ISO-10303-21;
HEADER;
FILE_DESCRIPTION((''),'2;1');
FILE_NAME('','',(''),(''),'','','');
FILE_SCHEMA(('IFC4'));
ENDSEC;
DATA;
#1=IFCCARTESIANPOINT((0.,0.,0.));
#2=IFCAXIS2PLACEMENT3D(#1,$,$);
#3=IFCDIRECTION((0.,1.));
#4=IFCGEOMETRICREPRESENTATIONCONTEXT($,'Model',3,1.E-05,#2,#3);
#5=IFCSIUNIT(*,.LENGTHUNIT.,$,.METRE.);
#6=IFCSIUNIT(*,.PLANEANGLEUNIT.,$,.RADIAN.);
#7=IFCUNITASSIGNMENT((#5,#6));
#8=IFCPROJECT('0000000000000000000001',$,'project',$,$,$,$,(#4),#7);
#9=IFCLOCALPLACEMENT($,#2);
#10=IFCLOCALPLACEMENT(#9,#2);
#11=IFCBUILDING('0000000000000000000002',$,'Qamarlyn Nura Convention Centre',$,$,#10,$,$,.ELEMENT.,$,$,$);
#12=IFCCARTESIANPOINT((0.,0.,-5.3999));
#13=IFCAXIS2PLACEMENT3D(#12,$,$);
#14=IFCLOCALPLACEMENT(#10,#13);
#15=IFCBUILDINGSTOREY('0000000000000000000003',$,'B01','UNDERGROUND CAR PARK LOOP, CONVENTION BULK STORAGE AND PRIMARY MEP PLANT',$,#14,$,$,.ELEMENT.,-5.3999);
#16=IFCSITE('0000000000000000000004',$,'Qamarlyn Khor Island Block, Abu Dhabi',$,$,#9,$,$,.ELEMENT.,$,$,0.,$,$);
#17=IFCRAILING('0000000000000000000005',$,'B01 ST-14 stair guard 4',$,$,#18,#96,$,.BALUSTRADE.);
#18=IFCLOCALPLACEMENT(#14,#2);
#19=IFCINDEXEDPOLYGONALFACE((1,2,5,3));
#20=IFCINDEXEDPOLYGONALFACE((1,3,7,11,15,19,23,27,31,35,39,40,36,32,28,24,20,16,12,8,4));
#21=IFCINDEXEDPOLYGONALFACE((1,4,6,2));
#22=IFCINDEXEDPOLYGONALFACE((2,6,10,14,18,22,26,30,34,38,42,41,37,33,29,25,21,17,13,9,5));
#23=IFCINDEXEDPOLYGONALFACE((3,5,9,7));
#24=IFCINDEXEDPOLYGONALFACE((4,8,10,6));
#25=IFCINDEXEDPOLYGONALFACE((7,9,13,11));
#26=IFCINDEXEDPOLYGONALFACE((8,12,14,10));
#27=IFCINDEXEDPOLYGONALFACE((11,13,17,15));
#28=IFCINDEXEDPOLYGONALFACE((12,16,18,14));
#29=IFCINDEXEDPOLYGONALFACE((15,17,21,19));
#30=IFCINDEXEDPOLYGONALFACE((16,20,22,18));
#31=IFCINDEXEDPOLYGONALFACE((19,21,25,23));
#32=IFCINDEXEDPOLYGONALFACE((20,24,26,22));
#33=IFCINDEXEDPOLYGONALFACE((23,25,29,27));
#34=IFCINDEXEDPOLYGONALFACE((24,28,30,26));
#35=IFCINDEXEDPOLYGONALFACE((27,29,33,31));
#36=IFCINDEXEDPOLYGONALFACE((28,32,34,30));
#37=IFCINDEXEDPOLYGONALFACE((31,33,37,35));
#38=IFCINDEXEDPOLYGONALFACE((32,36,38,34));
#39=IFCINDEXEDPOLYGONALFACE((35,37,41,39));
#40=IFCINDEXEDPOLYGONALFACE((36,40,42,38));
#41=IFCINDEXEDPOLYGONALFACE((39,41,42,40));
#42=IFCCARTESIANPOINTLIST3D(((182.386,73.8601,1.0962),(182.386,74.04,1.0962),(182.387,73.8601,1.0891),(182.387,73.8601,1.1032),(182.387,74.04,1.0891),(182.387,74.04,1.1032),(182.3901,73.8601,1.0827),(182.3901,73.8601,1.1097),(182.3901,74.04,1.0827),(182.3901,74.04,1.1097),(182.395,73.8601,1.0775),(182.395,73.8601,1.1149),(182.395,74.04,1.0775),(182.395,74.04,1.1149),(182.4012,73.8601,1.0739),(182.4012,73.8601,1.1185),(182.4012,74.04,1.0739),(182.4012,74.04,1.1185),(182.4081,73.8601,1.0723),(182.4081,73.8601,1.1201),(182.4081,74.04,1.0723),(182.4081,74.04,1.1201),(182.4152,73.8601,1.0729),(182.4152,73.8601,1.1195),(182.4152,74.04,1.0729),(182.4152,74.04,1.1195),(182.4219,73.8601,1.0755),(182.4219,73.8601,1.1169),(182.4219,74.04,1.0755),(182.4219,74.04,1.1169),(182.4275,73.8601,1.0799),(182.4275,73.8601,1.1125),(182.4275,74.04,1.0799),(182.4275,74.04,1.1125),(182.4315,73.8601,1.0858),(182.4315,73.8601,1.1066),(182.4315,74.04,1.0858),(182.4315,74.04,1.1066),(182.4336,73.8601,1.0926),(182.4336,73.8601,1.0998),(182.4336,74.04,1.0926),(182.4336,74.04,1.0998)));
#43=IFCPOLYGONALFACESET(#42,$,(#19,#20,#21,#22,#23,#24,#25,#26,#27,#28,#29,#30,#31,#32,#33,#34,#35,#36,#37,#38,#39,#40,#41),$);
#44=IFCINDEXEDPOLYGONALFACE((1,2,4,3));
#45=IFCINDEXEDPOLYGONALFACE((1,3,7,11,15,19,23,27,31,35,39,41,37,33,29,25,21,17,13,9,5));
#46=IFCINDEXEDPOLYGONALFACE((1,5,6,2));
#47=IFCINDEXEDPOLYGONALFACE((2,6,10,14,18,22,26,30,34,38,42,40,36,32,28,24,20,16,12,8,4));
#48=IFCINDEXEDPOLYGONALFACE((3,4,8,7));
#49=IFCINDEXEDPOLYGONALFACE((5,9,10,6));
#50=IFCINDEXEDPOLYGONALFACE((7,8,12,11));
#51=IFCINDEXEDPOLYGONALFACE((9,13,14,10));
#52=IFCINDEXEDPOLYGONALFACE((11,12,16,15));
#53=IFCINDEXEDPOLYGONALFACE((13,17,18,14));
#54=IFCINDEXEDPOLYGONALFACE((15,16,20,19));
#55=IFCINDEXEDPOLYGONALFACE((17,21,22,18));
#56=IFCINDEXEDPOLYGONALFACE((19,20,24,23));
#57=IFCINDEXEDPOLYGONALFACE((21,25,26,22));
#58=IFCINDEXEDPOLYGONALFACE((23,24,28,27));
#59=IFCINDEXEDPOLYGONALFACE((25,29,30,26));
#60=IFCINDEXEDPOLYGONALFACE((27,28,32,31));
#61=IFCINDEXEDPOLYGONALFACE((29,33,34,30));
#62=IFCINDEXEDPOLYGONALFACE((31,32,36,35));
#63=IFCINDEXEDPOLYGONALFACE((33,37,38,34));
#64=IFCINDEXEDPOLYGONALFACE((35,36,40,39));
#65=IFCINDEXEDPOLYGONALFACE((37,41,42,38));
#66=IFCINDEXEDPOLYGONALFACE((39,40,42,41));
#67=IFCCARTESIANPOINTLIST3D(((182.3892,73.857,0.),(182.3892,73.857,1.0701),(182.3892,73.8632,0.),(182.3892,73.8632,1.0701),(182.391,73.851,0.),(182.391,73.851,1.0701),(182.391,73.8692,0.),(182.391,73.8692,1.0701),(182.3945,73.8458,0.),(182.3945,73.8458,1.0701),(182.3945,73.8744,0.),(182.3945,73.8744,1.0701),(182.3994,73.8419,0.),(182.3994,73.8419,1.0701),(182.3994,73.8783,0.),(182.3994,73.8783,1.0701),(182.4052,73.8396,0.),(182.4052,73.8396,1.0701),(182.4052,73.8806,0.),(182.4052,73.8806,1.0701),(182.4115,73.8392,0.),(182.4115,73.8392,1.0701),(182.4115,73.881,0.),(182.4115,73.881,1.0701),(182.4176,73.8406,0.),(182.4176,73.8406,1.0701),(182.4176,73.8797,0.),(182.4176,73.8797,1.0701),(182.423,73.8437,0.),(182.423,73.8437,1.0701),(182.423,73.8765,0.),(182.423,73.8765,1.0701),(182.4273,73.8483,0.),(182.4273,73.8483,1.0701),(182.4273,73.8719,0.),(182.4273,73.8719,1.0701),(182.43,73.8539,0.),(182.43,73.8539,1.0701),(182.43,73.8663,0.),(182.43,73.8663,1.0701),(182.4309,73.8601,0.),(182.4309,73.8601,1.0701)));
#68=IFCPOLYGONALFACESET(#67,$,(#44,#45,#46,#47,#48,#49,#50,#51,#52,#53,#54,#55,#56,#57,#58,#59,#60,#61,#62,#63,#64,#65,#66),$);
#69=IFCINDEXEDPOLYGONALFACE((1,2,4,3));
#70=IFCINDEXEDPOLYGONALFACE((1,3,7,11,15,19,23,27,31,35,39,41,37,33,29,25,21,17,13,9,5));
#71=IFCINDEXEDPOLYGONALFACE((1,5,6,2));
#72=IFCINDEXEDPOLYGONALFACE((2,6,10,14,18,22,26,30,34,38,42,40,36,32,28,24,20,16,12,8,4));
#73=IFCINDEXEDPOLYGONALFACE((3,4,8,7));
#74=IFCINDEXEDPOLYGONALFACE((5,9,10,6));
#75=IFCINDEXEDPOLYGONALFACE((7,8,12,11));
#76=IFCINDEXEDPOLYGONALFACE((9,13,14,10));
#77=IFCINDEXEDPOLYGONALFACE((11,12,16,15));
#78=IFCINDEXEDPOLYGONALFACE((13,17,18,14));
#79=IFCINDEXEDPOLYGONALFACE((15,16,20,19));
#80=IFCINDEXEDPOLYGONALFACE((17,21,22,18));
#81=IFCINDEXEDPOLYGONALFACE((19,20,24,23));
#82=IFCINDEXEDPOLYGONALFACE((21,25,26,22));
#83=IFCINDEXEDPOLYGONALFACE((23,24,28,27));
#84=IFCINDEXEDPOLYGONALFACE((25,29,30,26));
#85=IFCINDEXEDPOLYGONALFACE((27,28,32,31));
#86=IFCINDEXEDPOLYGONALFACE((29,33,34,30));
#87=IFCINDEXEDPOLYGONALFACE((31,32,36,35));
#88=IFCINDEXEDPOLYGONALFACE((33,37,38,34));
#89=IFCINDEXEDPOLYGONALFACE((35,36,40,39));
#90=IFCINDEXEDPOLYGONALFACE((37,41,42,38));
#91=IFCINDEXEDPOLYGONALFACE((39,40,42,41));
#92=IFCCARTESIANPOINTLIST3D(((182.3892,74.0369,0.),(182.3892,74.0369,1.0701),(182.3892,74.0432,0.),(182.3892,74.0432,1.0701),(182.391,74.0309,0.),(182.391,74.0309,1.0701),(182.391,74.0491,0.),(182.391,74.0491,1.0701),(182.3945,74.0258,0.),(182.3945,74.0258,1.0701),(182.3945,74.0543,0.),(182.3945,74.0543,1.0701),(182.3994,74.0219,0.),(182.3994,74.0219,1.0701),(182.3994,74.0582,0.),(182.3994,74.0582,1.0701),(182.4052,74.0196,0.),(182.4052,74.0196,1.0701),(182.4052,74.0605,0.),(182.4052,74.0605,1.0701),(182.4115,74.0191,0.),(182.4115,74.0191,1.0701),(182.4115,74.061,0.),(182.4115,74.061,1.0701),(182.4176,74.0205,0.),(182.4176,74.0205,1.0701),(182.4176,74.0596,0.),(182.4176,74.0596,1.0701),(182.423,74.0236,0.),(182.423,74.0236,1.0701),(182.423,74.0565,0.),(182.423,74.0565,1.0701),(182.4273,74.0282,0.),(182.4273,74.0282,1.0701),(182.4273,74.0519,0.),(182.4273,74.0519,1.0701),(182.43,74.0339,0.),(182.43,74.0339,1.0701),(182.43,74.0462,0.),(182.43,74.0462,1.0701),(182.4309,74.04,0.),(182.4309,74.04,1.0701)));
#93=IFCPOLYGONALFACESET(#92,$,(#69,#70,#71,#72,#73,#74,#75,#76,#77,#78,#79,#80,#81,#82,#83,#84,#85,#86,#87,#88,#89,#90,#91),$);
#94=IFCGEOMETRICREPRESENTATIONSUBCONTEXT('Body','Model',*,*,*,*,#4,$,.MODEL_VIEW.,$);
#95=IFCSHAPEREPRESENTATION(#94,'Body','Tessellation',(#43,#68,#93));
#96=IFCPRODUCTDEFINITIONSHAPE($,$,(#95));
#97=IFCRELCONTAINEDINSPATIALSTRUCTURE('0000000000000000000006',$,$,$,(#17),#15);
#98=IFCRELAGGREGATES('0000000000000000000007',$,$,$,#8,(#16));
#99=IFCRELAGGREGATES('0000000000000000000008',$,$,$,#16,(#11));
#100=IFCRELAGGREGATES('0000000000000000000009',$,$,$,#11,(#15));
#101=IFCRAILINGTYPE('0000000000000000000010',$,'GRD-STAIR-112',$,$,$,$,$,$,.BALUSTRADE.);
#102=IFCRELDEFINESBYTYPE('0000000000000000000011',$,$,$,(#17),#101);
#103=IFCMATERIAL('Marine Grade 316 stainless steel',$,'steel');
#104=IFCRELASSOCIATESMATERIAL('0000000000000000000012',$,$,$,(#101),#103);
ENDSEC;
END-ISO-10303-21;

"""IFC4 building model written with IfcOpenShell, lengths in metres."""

from ifc_helpers import new_model, si_unit, direction, frame, origin, origin_2d, place, context, subcontext, project, spatial, circle, extrude, material, type_object, element, save


model = new_model("IFC4")

# Units and contexts
model_context = context("Model", 3, precision=1e-05, world=origin(), true_north=direction((0.0, 1.0)))
body_context = subcontext(model_context, "Body", "Model", "MODEL_VIEW")
ifc_project = project(units=[si_unit("LENGTHUNIT", "METRE"), si_unit("PLANEANGLEUNIT", "RADIAN")], contexts=[model_context])

# Site, building, storey
site_placement = place(None, origin())
site = spatial("IfcSite", under=ifc_project, at=site_placement, Name="Qamarlyn Khor Island Block, Abu Dhabi", CompositionType="ELEMENT", RefElevation=0.0)
building_placement = place(site_placement, origin())
building = spatial("IfcBuilding", under=site, at=building_placement, Name="Qamarlyn Nura Convention Centre", CompositionType="ELEMENT")
storey_placement = place(building_placement, frame((0.0, 0.0, -5.3999)))
storey = spatial("IfcBuildingStorey", under=building, at=storey_placement, Name="B01", Description="UNDERGROUND CAR PARK LOOP, CONVENTION BULK STORAGE AND PRIMARY MEP PLANT", CompositionType="ELEMENT", Elevation=-5.3999)

# Railing
ifc_material_1 = material(Name="Marine Grade 316 stainless steel", Category="steel")
railing_type_1 = type_object("IfcRailingType", Name="GRD-STAIR-112", PredefinedType="BALUSTRADE", material=ifc_material_1)
for number, where, name in (
    (1, (182.4099, 73.8601, 0.0), "B01 ST-14 stair guard 4"),
):
    element("IfcRailing", number, at=place(storey_placement, frame(where)), inside=storey, type_object=railing_type_1, Name=name, PredefinedType="BALUSTRADE", context=body_context, shape_type="SweptSolid", body=[
        extrude(circle(Radius=0.0239, at=origin_2d()), frame((0.0, 0.0, 1.0962), z_axis=(0.0, 1.0, 0.0), x_axis=(-1.0, 0.0, 0.0)), (0.0, 0.0, 1.0), 0.1799),
        extrude(circle(Radius=0.021, at=origin_2d()), origin(), (0.0, 0.0, 1.0), 1.0701),
        extrude(circle(Radius=0.021, at=origin_2d()), frame((0.0, 0.1799, 0.0)), (0.0, 0.0, 1.0), 1.0701),
    ])

save(model, "model.ifc")
